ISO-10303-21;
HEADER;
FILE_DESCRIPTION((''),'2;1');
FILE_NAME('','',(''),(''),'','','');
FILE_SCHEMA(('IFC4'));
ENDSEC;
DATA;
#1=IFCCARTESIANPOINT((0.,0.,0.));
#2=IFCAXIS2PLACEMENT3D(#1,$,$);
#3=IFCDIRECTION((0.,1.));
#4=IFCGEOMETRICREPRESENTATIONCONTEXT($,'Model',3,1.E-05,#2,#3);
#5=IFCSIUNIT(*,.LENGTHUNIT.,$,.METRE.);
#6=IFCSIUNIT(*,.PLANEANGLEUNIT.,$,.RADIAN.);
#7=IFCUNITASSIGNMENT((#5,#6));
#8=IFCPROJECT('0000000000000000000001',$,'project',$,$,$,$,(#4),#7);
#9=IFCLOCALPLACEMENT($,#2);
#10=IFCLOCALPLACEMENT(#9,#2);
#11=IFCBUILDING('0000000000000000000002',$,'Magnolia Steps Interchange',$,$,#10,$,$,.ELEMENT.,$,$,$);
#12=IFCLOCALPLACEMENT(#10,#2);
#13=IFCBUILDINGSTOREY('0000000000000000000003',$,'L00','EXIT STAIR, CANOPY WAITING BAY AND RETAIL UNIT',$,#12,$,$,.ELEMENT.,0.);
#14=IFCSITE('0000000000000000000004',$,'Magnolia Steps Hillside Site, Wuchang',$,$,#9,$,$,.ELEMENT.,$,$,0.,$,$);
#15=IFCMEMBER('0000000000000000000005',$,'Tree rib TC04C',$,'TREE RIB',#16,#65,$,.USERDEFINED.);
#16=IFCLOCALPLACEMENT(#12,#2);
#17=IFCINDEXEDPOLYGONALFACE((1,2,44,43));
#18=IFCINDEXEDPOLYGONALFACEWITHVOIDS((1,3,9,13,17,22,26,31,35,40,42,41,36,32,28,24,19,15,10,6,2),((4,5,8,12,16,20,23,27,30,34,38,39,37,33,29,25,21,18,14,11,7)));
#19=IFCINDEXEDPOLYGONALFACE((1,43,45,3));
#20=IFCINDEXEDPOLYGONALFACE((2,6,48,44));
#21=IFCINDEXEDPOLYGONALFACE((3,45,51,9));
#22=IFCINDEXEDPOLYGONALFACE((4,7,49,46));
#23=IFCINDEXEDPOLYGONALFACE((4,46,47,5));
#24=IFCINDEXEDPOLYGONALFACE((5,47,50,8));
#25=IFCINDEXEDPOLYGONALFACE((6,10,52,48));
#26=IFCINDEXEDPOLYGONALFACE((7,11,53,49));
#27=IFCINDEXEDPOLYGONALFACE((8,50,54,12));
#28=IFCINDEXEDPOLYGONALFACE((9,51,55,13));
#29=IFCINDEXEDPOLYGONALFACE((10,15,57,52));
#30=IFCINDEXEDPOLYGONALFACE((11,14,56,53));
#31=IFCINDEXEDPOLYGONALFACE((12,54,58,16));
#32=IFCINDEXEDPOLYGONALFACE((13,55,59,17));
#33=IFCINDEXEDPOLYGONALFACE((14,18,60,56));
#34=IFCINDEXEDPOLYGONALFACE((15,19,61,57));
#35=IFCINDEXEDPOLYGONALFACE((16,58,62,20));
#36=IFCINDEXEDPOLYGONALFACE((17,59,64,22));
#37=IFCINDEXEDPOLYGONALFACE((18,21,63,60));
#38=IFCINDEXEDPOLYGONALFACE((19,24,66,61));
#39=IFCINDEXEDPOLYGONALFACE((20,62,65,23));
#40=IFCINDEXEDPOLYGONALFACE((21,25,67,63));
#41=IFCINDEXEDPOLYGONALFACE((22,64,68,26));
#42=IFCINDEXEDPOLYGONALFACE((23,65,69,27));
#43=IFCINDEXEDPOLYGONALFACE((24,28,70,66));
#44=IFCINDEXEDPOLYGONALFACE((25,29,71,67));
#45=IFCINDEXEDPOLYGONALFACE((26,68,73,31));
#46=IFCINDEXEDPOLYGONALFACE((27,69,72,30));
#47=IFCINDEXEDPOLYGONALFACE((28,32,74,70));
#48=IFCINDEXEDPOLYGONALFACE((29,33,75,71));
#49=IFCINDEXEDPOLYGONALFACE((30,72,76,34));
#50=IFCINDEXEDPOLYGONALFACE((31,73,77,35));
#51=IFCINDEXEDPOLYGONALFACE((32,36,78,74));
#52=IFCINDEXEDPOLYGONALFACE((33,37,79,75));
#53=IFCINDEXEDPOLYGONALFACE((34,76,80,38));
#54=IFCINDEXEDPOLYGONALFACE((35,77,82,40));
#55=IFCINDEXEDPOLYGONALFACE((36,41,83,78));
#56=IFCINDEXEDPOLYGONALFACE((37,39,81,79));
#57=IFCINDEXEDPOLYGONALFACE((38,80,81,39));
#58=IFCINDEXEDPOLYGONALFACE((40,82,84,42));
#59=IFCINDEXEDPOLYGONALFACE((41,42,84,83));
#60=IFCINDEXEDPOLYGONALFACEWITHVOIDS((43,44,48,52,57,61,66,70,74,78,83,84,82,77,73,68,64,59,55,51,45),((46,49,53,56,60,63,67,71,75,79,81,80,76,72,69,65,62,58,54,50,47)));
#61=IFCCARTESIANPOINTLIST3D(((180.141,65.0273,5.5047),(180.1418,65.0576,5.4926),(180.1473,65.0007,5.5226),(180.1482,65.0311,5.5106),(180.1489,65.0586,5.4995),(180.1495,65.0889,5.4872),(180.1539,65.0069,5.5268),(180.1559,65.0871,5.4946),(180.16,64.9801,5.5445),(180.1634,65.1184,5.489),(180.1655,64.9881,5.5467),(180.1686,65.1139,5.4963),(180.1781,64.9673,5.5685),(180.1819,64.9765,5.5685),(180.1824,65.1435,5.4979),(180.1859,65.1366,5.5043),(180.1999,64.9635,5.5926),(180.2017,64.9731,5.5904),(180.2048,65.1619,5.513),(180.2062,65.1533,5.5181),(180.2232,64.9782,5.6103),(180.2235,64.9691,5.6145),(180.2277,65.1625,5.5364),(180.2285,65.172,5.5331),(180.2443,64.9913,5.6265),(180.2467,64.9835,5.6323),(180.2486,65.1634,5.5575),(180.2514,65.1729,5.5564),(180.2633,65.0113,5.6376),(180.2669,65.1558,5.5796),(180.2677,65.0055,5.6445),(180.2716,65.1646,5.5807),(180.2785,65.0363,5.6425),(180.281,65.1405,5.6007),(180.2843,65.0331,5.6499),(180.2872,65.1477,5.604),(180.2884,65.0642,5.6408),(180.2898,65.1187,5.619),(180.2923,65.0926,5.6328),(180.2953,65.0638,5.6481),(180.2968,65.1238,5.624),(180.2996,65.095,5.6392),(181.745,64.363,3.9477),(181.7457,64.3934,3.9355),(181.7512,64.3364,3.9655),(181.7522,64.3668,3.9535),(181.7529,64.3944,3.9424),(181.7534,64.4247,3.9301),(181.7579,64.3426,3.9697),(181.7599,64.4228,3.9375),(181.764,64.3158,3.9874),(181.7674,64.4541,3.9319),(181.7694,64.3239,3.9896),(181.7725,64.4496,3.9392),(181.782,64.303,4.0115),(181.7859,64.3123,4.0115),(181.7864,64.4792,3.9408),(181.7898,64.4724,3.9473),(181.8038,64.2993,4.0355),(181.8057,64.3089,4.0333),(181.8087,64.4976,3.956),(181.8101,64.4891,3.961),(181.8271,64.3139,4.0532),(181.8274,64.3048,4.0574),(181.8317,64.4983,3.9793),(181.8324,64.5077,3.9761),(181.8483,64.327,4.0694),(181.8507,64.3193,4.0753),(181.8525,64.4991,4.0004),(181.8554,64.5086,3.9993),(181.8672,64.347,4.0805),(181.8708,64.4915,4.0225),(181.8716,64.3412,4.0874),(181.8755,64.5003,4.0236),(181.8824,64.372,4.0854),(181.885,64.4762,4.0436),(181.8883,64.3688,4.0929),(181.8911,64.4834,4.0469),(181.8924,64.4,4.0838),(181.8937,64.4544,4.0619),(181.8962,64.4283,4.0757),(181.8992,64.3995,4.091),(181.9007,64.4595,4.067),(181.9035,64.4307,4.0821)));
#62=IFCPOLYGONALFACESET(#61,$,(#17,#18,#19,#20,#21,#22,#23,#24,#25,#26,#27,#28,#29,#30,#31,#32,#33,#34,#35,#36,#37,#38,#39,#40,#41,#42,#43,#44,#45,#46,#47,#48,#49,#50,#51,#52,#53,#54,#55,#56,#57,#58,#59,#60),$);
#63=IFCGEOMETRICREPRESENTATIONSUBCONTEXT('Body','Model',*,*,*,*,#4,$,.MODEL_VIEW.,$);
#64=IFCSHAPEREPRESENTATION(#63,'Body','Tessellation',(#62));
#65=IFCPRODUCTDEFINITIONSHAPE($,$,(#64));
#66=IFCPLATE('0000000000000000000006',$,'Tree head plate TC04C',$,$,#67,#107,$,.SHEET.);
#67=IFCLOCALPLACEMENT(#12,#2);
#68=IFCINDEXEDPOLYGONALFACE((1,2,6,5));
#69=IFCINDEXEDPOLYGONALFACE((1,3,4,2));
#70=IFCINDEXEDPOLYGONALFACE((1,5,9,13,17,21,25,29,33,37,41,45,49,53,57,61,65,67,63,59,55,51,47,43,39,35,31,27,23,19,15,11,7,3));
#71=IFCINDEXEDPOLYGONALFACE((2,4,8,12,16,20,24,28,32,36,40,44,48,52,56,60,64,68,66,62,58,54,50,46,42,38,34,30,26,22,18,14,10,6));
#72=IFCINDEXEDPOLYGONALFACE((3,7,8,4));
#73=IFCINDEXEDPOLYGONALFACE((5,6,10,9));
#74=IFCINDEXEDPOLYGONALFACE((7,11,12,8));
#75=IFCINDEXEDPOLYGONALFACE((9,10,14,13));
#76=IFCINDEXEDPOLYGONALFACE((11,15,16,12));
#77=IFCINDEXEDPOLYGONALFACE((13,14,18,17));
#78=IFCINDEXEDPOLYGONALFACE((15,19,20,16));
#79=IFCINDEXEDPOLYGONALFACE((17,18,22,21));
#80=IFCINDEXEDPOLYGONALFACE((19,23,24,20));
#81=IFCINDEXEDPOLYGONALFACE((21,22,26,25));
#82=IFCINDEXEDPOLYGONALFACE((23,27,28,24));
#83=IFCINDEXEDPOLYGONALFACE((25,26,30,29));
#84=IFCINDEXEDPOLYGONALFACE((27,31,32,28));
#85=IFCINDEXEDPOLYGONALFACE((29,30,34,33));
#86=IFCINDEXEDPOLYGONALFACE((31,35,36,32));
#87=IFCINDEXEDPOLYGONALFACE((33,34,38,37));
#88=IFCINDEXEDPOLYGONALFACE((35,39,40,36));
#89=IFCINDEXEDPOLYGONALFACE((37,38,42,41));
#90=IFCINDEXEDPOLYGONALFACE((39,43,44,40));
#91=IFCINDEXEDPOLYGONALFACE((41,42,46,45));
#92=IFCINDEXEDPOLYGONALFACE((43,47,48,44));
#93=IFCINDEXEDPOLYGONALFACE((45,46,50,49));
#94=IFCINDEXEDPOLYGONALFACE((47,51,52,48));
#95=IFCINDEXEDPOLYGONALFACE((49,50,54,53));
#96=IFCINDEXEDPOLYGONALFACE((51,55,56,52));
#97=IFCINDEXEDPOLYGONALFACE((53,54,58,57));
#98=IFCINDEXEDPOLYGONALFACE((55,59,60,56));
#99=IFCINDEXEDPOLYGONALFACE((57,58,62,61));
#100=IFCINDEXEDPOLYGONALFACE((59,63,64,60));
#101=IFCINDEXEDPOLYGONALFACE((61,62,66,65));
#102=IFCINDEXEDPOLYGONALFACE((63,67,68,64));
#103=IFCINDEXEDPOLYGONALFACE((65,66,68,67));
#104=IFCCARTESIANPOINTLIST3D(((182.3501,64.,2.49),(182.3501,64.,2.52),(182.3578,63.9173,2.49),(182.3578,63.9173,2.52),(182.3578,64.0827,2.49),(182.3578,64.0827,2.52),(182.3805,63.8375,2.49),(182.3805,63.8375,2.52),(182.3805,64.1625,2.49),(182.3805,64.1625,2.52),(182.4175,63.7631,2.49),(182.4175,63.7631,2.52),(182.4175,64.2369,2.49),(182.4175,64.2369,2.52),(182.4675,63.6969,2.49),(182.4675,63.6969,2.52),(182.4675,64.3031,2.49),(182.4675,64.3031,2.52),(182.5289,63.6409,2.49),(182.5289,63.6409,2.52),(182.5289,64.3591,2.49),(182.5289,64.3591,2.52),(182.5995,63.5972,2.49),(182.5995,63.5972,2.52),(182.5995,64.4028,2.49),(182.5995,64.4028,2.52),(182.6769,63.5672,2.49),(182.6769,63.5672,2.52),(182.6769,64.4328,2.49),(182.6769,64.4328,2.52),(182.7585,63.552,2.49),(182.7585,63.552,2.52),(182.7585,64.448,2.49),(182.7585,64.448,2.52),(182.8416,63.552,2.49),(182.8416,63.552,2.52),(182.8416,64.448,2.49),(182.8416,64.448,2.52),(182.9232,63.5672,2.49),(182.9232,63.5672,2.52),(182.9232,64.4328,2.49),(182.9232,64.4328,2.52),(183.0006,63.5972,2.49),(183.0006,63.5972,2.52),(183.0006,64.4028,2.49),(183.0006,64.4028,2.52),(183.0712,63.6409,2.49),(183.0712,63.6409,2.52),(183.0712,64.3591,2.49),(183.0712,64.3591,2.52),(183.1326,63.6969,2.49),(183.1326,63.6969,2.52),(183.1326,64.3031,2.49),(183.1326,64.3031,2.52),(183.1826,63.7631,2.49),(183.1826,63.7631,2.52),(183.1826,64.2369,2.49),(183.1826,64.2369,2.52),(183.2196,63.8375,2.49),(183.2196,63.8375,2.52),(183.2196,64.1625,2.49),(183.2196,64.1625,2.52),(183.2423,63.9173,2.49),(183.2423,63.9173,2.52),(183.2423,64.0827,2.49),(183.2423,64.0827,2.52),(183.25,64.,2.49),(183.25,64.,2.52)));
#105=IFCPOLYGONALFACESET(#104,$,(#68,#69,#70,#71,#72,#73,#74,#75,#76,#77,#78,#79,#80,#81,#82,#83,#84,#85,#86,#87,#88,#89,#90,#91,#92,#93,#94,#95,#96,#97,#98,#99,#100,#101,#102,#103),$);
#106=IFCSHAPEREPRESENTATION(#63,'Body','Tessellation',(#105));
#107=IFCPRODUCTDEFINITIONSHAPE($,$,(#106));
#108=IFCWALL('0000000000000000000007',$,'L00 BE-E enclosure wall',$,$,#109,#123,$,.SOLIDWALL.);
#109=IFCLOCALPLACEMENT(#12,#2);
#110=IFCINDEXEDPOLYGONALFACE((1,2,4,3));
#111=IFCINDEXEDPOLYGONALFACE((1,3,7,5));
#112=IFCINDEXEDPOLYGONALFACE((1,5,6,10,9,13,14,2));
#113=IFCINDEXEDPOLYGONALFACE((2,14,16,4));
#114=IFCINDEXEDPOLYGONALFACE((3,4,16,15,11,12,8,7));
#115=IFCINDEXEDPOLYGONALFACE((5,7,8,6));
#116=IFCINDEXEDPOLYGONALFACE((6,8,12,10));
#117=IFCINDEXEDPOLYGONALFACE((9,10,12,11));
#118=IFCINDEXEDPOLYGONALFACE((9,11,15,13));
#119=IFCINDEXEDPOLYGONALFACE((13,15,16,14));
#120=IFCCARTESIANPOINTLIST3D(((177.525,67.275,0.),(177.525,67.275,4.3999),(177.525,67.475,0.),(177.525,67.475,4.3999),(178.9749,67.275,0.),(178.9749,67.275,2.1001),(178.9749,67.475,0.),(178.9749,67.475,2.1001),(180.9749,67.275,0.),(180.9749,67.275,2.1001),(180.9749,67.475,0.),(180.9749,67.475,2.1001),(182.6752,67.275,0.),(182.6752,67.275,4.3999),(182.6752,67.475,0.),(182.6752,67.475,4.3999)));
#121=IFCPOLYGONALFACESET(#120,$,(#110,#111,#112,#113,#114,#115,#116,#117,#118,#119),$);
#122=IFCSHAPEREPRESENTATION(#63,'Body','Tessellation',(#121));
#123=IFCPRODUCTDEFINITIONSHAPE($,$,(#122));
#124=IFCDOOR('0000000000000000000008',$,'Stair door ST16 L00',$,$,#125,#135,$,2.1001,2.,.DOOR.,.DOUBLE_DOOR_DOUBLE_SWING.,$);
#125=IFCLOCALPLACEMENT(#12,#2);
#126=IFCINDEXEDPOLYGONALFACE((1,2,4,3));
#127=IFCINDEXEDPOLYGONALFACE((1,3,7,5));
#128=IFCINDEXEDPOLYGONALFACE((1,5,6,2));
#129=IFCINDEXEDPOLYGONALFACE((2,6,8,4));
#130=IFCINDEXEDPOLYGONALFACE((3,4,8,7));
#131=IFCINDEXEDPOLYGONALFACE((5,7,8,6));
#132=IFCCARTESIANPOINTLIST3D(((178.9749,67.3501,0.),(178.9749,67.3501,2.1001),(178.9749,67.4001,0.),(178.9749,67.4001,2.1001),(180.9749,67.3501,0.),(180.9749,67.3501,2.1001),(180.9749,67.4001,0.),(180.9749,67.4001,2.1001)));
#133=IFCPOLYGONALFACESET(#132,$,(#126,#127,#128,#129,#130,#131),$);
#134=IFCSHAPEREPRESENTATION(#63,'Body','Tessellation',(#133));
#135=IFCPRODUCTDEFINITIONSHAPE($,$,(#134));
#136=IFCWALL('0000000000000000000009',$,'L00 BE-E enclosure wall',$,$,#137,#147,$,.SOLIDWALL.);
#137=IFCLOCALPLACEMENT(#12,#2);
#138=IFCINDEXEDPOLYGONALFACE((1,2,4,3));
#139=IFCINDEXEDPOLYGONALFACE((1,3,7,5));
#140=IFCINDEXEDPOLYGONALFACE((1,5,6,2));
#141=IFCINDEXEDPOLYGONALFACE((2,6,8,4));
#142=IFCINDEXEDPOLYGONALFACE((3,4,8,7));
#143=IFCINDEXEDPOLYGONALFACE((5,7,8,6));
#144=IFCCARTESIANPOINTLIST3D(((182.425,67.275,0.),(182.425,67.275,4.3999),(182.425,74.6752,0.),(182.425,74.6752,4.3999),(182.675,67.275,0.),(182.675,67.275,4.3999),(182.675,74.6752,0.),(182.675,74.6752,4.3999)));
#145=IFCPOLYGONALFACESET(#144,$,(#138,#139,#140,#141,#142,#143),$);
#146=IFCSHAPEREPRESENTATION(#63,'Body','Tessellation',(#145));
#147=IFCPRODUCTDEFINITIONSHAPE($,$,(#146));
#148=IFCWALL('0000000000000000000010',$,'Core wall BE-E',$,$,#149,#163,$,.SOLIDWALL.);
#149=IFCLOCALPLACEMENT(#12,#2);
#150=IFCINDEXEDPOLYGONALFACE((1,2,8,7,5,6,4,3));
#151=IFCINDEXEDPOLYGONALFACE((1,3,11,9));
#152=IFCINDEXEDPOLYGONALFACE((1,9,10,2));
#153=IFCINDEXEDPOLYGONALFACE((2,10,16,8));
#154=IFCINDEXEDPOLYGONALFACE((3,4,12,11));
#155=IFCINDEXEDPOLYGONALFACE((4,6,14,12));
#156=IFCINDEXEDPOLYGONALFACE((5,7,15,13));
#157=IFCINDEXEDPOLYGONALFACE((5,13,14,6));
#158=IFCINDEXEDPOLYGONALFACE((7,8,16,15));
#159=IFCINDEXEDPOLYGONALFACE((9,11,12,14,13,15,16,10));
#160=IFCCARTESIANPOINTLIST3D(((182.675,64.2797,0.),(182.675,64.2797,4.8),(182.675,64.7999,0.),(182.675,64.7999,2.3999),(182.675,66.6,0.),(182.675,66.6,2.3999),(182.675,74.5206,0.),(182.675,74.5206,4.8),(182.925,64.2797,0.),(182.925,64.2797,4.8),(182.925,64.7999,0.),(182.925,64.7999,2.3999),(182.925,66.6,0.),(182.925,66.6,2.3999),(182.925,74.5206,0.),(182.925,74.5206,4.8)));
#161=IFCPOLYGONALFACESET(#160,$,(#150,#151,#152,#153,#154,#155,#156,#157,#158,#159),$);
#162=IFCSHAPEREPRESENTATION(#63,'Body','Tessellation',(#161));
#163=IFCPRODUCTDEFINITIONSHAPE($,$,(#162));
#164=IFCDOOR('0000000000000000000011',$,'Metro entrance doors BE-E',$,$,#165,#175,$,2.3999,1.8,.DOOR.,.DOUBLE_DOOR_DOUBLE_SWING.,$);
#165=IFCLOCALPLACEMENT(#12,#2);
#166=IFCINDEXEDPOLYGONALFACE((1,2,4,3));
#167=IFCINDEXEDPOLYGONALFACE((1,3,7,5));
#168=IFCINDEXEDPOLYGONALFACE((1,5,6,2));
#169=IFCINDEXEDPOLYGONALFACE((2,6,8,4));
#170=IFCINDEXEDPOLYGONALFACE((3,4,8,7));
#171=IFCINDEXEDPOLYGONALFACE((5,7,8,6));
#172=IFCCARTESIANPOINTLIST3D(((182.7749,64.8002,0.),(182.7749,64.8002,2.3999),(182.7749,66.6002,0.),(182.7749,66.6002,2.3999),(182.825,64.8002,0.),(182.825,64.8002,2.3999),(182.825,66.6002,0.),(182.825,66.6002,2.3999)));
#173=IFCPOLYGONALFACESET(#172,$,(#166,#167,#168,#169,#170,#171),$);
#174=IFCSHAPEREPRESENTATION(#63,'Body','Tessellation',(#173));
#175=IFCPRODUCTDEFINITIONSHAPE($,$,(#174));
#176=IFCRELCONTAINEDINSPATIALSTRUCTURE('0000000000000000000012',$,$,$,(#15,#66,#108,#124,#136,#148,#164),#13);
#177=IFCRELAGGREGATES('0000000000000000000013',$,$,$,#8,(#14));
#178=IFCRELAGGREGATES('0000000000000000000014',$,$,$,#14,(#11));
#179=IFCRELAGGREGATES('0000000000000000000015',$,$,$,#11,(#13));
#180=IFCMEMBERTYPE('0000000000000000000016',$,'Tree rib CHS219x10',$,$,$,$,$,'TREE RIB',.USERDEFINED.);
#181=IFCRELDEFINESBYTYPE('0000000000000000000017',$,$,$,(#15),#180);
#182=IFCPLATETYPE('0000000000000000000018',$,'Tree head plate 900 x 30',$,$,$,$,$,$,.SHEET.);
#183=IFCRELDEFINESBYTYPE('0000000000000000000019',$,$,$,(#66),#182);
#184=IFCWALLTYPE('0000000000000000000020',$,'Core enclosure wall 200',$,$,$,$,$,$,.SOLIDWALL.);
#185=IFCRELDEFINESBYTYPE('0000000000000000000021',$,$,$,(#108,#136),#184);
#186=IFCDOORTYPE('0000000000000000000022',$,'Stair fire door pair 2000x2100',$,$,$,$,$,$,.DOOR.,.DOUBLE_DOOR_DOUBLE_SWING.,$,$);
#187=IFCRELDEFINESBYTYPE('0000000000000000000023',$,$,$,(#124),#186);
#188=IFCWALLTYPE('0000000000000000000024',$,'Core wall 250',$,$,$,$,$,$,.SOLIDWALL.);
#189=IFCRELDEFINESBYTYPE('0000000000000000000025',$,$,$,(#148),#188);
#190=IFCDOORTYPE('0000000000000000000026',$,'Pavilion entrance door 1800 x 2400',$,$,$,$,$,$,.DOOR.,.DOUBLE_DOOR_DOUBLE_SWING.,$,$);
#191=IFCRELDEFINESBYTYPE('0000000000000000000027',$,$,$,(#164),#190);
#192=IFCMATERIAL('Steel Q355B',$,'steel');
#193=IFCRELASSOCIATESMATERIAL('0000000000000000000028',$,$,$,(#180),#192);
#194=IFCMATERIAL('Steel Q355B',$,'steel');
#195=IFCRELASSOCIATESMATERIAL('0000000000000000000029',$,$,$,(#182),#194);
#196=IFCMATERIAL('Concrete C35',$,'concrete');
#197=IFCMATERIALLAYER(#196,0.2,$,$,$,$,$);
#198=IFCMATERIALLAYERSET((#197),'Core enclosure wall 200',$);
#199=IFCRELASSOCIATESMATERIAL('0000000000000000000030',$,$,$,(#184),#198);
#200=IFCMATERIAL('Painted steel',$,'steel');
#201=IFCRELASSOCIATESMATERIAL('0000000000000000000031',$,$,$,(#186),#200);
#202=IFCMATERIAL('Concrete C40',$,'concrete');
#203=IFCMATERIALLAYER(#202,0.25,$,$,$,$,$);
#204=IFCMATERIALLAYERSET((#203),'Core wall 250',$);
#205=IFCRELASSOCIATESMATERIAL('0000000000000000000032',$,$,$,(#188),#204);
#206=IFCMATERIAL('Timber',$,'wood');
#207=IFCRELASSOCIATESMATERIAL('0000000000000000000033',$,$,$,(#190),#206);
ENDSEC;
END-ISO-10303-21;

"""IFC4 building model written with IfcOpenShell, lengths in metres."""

from ifc_helpers import new_model, si_unit, direction, frame, frame_2d, origin, origin_2d, place, context, subcontext, project, spatial, rectangle, circle, hollow_circle, extrude, material, layer, layer_set, material_profile, profile_set, type_object, element, fill, save


model = new_model("IFC4")

# Units and contexts
model_context = context("Model", 3, precision=1e-05, world=origin(), true_north=direction((0.0, 1.0)))
body_context = subcontext(model_context, "Body", "Model", "MODEL_VIEW")
ifc_project = project(units=[si_unit("LENGTHUNIT", "METRE"), si_unit("PLANEANGLEUNIT", "RADIAN")], contexts=[model_context])

# Site, building, storey
site_placement = place(None, origin())
site = spatial("IfcSite", under=ifc_project, at=site_placement, Name="Magnolia Steps Hillside Site, Wuchang", CompositionType="ELEMENT", RefElevation=0.0)
building_placement = place(site_placement, origin())
building = spatial("IfcBuilding", under=site, at=building_placement, Name="Magnolia Steps Interchange", CompositionType="ELEMENT")
storey_placement = place(building_placement, origin())
storey = spatial("IfcBuildingStorey", under=building, at=storey_placement, Name="L00", Description="EXIT STAIR, CANOPY WAITING BAY AND RETAIL UNIT", CompositionType="ELEMENT", Elevation=0.0)

# Member
ifc_material_1 = material(Name="Steel Q355B", Category="steel")
ifc_material_profile_1 = material_profile(ifc_material_1, hollow_circle(Radius=0.1096, WallThickness=0.01, at=origin_2d()), Name="CHS219x10")
ifc_profile_set_1 = profile_set([ifc_material_profile_1], Name="Steel Q355B")
member_type = type_object("IfcMemberType", Name="Tree rib CHS219x10", ElementType="TREE RIB", PredefinedType="USERDEFINED", material=ifc_profile_set_1)
member_1_placement = place(storey_placement, frame((181.824, 64.4043, 4.0115), z_axis=(-0.687788, 0.284851, 0.667688), x_axis=(-0.382637, -0.923899, 0.0)))
element("IfcMember", 1, at=member_1_placement, inside=storey, type_object=member_type, Name="Tree rib TC04C", ObjectType="TREE RIB", PredefinedType="USERDEFINED", context=body_context, shape_type="SweptSolid", body=[
    extrude(hollow_circle(Radius=0.1096, WallThickness=0.01, at=origin_2d()), origin(), (0.0, 0.0, 1.0), 2.332),
])

# Plate
ifc_material_2 = material(Name="Steel Q355B", Category="steel")
ifc_material_profile_2 = material_profile(ifc_material_2, circle(Radius=0.45, at=origin_2d()), Name="Tree head plate 900 x 30")
ifc_profile_set_2 = profile_set([ifc_material_profile_2], Name="Steel Q355B")
plate_type = type_object("IfcPlateType", Name="Tree head plate 900 x 30", PredefinedType="SHEET", material=ifc_profile_set_2)
plate_placement = place(storey_placement, frame((182.8, 64.0, 2.49), z_axis=(0.0, 0.0, 1.0), x_axis=(1.0, 0.0, 0.0)))
element("IfcPlate", 2, at=plate_placement, inside=storey, type_object=plate_type, Name="Tree head plate TC04C", PredefinedType="SHEET", context=body_context, shape_type="SweptSolid", body=[
    extrude(circle(Radius=0.45, at=origin_2d()), origin(), (0.0, 0.0, 1.0), 0.03),
])

# Wall, opening, door
ifc_material_3 = material(Name="Concrete C35", Category="concrete")
ifc_layer_1 = layer(ifc_material_3, 0.2)
ifc_layer_set_1 = layer_set([ifc_layer_1], Name="Core enclosure wall 200")
wall_type_1 = type_object("IfcWallType", Name="Core enclosure wall 200", PredefinedType="SOLIDWALL", material=ifc_layer_set_1)
wall_1_placement = place(storey_placement, frame((177.5249, 67.375, 0.0), z_axis=(0.0, 0.0, 1.0), x_axis=(1.0, 0.0, 0.0)))
wall_1 = element("IfcWall", 3, at=wall_1_placement, inside=storey, type_object=wall_type_1, Name="L00 BE-E enclosure wall", PredefinedType="SOLIDWALL", context=body_context, shape_type="SweptSolid", body=[
    extrude(rectangle(XDim=5.1501, YDim=0.2, at=frame_2d((2.5752, 0.0))), origin(), (0.0, 0.0, 1.0), 4.3999),
])
opening_1_placement = place(wall_1_placement, frame((1.45, 0.0, 0.0)))
opening_1 = element("IfcOpeningElement", 4, at=opening_1_placement, cuts=wall_1, PredefinedType="OPENING", context=body_context, shape_type="SweptSolid", body=[
    extrude(rectangle(XDim=2.0, YDim=2.1001, at=frame_2d((1.0, 1.05))), frame((0.0, 0.1099, 0.0), z_axis=(0.0, -1.0, 0.0), x_axis=(1.0, 0.0, 0.0)), (0.0, 0.0, 1.0), 0.22),
])
ifc_material_4 = material(Name="Painted steel", Category="steel")
door_type_1 = type_object("IfcDoorType", Name="Stair fire door pair 2000x2100", OperationType="DOUBLE_DOOR_DOUBLE_SWING", PredefinedType="DOOR", material=ifc_material_4)
door_1_placement = place(opening_1_placement, frame((2.0, 0.0, 0.0), z_axis=(0.0, 0.0, 1.0), x_axis=(-1.0, 0.0, 0.0)))
door_1 = element("IfcDoor", 5, at=door_1_placement, inside=storey, type_object=door_type_1, Name="Stair door ST16 L00", OperationType="DOUBLE_DOOR_DOUBLE_SWING", OverallHeight=2.1001, OverallWidth=2.0, PredefinedType="DOOR", context=body_context, shape_type="SweptSolid", body=[
    extrude(rectangle(XDim=2.0, YDim=2.1001, at=frame_2d((1.0, 1.05))), frame((0.0, 0.0249, 0.0), z_axis=(0.0, -1.0, 0.0), x_axis=(1.0, 0.0, 0.0)), (0.0, 0.0, 1.0), 0.05),
])
fill(opening_1, door_1)

# Wall
wall_2_placement = place(storey_placement, frame((182.55, 67.2749, 0.0), z_axis=(0.0, 0.0, 1.0), x_axis=(0.0, 1.0, 0.0)))
element("IfcWall", 6, at=wall_2_placement, inside=storey, type_object=wall_type_1, Name="L00 BE-E enclosure wall", PredefinedType="SOLIDWALL", context=body_context, shape_type="SweptSolid", body=[
    extrude(rectangle(XDim=7.4001, YDim=0.25, at=frame_2d((3.7002, 0.0))), origin(), (0.0, 0.0, 1.0), 4.3999),
])

# Wall, opening, door
ifc_material_5 = material(Name="Concrete C40", Category="concrete")
ifc_layer_2 = layer(ifc_material_5, 0.25)
ifc_layer_set_2 = layer_set([ifc_layer_2], Name="Core wall 250")
wall_type_2 = type_object("IfcWallType", Name="Core wall 250", PredefinedType="SOLIDWALL", material=ifc_layer_set_2)
wall_3_placement = place(storey_placement, frame((182.8, 64.2795, 0.0), z_axis=(0.0, 0.0, 1.0), x_axis=(0.0, 1.0, 0.0)))
wall_3 = element("IfcWall", 7, at=wall_3_placement, inside=storey, type_object=wall_type_2, Name="Core wall BE-E", PredefinedType="SOLIDWALL", context=body_context, shape_type="SweptSolid", body=[
    extrude(rectangle(XDim=10.241, YDim=0.25, at=frame_2d((5.1206, 0.0))), origin(), (0.0, 0.0, 1.0), 4.8),
])
opening_2_placement = place(wall_3_placement, frame((0.5205, 0.0, 0.0)))
opening_2 = element("IfcOpeningElement", 8, at=opening_2_placement, cuts=wall_3, PredefinedType="OPENING", context=body_context, shape_type="SweptSolid", body=[
    extrude(rectangle(XDim=1.8, YDim=2.3999, at=frame_2d((0.8999, 1.2))), frame((0.0, 0.135, 0.0), z_axis=(0.0, -1.0, 0.0), x_axis=(1.0, 0.0, 0.0)), (0.0, 0.0, 1.0), 0.27),
])
ifc_material_6 = material(Name="Timber", Category="wood")
door_type_2 = type_object("IfcDoorType", Name="Pavilion entrance door 1800 x 2400", OperationType="DOUBLE_DOOR_DOUBLE_SWING", PredefinedType="DOOR", material=ifc_material_6)
door_2_placement = place(opening_2_placement, frame((1.8, 0.0, 0.0), z_axis=(0.0, 0.0, 1.0), x_axis=(-1.0, 0.0, 0.0)))
door_2 = element("IfcDoor", 9, at=door_2_placement, inside=storey, type_object=door_type_2, Name="Metro entrance doors BE-E", OperationType="DOUBLE_DOOR_DOUBLE_SWING", OverallHeight=2.3999, OverallWidth=1.8, PredefinedType="DOOR", context=body_context, shape_type="SweptSolid", body=[
    extrude(rectangle(XDim=1.8, YDim=2.3999, at=frame_2d((0.8999, 1.2))), frame((0.0, 0.0249, 0.0), z_axis=(0.0, -1.0, 0.0), x_axis=(1.0, 0.0, 0.0)), (0.0, 0.0, 1.0), 0.05),
])
fill(opening_2, door_2)

save(model, "model.ifc")
